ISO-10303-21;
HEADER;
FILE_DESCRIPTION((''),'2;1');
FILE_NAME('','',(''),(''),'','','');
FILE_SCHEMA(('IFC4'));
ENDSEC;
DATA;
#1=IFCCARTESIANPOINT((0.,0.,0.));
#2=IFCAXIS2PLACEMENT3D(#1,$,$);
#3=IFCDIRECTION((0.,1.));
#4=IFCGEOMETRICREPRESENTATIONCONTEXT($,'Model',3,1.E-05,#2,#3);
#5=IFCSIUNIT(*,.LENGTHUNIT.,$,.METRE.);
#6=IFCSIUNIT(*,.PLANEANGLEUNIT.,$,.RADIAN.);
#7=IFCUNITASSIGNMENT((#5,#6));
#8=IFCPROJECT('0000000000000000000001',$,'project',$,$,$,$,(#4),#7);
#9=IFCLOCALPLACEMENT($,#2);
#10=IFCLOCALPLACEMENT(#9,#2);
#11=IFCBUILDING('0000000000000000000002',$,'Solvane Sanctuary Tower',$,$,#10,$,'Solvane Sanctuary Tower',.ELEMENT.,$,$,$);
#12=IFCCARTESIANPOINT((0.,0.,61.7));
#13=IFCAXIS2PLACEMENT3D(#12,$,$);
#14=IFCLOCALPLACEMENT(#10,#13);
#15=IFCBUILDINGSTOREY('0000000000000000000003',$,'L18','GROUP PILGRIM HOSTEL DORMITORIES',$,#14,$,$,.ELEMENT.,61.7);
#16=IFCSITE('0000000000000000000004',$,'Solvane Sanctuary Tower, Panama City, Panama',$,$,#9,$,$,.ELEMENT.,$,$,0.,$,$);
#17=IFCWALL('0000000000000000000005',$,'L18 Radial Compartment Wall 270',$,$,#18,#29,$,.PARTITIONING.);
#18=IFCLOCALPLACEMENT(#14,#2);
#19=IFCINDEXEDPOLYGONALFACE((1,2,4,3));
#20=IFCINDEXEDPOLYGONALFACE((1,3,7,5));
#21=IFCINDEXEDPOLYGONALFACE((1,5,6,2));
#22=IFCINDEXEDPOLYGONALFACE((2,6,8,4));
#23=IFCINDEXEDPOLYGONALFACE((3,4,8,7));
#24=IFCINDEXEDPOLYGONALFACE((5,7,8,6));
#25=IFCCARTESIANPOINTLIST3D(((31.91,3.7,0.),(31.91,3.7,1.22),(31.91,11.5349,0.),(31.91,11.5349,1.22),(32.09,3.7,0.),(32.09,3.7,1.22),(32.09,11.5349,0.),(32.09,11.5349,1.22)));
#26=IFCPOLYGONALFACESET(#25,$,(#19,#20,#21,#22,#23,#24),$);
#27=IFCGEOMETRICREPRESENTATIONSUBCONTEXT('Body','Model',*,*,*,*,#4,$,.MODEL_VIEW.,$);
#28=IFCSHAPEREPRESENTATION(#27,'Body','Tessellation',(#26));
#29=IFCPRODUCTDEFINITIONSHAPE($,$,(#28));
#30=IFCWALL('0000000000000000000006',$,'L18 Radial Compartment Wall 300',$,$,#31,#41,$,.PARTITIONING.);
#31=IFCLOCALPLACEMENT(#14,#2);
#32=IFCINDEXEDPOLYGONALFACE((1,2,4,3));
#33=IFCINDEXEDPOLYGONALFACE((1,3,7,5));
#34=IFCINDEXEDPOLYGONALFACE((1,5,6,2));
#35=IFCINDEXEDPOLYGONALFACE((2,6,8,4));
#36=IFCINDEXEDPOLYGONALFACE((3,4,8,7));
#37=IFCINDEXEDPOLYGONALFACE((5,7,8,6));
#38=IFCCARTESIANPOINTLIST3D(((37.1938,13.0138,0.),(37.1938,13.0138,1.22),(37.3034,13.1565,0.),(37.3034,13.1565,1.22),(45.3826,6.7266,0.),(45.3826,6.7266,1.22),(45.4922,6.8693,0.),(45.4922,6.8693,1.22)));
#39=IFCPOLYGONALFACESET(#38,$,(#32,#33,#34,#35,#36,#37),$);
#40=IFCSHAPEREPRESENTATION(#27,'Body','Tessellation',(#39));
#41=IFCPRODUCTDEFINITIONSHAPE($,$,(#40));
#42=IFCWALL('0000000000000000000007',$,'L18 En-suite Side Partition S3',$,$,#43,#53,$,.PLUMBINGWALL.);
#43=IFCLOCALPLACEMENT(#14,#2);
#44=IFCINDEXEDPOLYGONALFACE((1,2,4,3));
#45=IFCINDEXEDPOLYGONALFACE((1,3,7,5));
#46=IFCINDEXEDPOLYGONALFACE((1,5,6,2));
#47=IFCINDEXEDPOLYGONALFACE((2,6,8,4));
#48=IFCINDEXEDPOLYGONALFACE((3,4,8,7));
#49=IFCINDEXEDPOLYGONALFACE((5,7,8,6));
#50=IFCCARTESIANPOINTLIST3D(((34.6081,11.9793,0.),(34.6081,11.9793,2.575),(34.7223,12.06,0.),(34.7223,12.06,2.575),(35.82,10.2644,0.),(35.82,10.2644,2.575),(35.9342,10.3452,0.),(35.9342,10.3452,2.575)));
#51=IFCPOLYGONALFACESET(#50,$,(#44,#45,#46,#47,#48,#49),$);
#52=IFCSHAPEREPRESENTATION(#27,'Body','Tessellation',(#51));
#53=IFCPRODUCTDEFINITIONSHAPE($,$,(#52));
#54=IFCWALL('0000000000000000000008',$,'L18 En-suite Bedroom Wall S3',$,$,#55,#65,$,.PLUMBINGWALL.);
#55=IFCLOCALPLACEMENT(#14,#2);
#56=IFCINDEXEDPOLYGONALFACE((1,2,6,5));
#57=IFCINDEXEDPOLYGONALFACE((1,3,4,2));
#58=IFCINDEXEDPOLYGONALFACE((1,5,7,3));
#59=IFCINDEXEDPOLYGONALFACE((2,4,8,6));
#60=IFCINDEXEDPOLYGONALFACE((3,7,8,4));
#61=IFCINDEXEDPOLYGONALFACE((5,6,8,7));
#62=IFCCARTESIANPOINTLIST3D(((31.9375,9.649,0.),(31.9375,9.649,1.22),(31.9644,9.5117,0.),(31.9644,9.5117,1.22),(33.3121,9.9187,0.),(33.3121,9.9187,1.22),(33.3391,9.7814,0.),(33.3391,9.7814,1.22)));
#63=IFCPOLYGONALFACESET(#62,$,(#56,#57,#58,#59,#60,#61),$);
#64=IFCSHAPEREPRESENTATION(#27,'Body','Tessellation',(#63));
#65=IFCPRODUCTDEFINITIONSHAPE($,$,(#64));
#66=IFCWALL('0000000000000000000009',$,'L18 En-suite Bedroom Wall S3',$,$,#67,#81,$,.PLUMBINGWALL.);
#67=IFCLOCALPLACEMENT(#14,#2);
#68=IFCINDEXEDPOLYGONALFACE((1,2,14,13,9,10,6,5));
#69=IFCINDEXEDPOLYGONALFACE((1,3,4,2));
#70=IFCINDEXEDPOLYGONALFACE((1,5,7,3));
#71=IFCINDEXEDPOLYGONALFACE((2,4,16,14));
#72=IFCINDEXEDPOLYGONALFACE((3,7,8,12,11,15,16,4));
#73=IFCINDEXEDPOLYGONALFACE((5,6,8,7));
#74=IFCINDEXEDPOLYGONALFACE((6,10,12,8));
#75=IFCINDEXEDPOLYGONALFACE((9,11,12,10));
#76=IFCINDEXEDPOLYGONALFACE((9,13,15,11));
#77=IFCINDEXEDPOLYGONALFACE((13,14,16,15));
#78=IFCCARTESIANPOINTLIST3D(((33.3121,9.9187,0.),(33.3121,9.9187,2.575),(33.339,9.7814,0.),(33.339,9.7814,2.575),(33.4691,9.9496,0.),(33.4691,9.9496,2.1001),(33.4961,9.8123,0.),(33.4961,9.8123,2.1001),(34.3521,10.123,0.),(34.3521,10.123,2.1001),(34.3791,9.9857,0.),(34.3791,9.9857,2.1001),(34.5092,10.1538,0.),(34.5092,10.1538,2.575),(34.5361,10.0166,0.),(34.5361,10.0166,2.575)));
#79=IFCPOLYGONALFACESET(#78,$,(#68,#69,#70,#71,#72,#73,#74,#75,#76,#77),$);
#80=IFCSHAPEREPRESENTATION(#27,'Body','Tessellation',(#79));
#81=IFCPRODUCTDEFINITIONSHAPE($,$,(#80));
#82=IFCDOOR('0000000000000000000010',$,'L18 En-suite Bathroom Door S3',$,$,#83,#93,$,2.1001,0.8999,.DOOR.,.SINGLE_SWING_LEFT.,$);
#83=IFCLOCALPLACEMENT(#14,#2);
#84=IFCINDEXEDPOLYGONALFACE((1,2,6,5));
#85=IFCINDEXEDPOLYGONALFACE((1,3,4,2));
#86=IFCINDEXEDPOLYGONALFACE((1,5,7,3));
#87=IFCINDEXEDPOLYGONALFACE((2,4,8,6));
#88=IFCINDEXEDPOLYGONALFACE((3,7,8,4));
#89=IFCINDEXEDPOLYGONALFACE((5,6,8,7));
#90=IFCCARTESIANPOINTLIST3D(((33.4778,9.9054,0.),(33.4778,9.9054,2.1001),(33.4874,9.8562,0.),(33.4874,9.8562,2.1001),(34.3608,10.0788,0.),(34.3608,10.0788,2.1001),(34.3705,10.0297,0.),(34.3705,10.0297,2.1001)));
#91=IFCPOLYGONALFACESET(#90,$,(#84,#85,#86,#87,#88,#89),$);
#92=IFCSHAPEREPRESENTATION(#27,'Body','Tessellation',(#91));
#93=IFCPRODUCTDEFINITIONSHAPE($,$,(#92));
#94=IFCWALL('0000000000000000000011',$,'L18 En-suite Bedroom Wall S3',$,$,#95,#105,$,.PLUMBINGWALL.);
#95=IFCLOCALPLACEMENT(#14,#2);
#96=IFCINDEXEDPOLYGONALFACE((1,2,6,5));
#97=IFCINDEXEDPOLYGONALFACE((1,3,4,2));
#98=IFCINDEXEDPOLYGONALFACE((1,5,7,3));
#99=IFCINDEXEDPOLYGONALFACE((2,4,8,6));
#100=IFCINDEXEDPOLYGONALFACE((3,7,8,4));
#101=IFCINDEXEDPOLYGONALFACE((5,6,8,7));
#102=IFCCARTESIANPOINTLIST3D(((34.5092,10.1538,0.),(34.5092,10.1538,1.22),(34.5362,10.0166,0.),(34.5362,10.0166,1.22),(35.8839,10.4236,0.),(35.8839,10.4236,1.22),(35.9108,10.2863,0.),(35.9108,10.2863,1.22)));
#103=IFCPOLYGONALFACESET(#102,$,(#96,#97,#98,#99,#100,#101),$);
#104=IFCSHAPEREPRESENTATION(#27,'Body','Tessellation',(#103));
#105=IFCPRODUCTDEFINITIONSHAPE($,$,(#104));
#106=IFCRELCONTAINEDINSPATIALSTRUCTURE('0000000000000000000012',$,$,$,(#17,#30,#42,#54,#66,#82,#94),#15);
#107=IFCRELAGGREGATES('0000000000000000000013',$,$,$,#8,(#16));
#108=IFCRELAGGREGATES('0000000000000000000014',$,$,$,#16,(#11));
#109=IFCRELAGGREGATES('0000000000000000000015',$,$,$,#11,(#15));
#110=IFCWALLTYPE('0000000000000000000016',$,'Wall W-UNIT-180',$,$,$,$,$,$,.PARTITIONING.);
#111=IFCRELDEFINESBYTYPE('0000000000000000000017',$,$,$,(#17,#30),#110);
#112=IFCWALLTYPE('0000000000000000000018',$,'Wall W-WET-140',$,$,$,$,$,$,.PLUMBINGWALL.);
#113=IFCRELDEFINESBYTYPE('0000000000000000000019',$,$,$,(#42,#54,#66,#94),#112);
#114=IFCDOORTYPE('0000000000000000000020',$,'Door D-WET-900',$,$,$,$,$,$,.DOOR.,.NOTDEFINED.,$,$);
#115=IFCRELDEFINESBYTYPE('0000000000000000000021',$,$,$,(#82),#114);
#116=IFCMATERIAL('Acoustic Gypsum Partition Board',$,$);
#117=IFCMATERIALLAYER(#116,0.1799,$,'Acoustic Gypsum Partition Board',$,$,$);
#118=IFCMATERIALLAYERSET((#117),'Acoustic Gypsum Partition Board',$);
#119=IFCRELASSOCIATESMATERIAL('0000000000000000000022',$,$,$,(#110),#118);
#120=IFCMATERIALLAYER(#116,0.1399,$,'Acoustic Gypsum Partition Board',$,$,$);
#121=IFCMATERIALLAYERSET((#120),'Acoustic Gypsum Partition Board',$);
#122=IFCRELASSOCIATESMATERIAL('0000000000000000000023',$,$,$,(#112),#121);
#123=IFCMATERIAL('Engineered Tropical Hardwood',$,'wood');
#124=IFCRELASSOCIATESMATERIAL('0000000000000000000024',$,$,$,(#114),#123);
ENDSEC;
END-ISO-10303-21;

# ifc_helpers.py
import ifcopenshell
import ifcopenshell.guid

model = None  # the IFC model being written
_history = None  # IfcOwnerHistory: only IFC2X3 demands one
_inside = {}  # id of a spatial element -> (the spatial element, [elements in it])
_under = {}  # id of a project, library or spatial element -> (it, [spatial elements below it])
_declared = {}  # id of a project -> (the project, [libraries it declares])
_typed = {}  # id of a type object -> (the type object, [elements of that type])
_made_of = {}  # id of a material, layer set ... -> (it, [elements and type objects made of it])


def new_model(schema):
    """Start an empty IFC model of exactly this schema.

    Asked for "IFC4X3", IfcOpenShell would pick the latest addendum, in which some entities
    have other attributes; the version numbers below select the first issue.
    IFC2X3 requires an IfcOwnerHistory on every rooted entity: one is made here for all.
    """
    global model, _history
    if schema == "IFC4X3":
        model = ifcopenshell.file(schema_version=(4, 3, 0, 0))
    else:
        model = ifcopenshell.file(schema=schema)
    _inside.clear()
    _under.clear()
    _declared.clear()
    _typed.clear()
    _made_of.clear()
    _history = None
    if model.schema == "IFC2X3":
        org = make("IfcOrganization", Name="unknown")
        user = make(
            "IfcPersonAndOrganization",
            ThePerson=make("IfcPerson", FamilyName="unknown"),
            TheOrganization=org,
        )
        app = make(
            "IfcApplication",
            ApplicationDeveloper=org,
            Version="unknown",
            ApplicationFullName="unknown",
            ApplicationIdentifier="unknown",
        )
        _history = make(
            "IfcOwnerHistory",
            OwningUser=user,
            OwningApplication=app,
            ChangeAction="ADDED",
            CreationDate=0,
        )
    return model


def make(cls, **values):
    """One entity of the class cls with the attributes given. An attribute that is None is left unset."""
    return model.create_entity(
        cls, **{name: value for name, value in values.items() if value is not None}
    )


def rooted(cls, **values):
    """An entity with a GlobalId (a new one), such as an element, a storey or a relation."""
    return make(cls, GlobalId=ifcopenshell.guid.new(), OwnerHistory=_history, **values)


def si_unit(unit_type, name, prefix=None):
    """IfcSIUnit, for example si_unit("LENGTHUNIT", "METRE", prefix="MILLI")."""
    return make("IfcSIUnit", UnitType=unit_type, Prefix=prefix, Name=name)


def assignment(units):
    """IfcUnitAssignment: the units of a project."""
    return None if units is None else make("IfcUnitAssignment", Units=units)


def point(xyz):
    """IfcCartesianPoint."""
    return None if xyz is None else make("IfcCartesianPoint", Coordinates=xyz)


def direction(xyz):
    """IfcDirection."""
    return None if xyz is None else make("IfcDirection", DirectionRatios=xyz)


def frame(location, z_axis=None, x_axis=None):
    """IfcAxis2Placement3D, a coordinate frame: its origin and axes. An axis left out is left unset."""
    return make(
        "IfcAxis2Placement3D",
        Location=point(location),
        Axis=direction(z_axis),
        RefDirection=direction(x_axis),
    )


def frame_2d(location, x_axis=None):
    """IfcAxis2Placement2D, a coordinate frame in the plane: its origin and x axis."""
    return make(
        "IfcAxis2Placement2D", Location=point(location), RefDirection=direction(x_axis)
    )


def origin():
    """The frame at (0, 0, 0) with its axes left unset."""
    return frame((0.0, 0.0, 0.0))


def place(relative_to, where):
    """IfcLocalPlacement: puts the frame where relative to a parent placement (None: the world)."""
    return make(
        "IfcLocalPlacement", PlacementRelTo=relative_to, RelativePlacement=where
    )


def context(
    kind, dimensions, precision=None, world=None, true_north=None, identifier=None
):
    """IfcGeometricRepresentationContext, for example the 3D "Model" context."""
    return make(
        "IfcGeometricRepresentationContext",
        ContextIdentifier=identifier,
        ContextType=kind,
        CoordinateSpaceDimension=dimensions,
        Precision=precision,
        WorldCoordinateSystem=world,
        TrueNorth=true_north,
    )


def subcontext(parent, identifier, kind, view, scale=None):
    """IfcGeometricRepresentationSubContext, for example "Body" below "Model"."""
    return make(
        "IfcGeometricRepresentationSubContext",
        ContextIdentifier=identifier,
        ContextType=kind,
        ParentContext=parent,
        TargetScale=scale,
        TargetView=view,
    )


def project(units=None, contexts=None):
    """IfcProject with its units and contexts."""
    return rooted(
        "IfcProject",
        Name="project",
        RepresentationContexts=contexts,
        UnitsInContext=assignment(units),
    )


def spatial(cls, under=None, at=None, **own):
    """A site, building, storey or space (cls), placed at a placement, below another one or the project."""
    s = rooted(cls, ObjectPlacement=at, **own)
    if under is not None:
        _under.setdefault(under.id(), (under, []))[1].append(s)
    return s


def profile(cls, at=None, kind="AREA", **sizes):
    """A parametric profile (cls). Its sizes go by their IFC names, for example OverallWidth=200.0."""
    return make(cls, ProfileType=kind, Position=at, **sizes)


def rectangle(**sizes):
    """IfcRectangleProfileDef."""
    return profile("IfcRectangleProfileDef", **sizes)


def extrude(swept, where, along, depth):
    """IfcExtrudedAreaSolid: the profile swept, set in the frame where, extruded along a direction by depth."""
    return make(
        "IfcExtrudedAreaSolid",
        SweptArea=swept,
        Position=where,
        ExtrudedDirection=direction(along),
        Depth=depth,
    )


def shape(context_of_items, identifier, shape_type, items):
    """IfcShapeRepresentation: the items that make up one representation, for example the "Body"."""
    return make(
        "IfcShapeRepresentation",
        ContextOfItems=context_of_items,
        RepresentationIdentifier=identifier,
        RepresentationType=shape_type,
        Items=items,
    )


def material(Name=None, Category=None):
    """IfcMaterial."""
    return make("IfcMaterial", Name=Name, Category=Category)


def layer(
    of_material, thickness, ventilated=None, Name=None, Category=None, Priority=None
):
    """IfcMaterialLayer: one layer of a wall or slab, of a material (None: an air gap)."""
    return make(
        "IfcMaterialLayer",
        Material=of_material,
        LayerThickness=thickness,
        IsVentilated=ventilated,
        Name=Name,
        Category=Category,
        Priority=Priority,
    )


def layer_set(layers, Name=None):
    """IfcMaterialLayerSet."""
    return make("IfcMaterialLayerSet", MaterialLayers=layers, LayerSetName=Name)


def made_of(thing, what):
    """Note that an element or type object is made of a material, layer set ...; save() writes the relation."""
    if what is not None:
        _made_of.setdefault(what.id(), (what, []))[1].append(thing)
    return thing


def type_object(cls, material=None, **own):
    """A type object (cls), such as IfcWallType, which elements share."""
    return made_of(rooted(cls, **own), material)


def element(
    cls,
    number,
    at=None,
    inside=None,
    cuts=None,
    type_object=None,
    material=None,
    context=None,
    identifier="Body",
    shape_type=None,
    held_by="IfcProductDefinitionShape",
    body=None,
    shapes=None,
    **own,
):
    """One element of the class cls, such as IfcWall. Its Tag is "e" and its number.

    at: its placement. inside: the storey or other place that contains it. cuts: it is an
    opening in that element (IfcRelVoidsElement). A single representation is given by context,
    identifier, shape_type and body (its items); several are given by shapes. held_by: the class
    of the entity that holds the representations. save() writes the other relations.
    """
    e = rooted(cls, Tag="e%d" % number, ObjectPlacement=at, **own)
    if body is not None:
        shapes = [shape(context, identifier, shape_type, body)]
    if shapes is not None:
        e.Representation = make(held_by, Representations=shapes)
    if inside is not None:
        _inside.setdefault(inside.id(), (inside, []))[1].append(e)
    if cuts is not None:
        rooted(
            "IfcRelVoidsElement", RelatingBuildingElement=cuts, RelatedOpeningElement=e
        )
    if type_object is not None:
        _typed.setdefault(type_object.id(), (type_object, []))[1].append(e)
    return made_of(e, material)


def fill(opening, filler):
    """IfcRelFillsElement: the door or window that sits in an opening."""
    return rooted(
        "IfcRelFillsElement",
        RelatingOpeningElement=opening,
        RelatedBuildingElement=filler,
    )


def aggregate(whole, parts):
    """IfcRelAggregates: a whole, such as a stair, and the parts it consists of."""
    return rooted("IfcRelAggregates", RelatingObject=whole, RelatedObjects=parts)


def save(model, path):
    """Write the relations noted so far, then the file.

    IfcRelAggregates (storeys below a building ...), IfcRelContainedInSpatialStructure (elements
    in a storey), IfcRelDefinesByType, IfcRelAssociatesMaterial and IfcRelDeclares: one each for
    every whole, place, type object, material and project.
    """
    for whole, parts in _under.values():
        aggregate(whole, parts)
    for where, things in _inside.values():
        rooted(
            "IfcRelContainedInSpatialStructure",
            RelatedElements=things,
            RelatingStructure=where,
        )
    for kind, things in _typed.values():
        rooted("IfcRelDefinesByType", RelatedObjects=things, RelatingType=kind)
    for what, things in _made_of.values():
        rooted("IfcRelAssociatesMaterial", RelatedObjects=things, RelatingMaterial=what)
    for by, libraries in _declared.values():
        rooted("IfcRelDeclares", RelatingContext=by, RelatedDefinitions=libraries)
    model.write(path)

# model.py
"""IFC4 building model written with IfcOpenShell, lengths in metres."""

from ifc_helpers import new_model, si_unit, direction, frame, frame_2d, origin, place, context, subcontext, project, spatial, rectangle, extrude, material, layer, layer_set, type_object, element, fill, save


model = new_model("IFC4")

# Units and contexts
model_context = context("Model", 3, precision=1e-05, world=origin(), true_north=direction((0.0, 1.0)))
body_context = subcontext(model_context, "Body", "Model", "MODEL_VIEW")
ifc_project = project(units=[si_unit("LENGTHUNIT", "METRE"), si_unit("PLANEANGLEUNIT", "RADIAN")], contexts=[model_context])

# Site, building, storey
site_placement = place(None, origin())
site = spatial("IfcSite", under=ifc_project, at=site_placement, Name="Solvane Sanctuary Tower, Panama City, Panama", CompositionType="ELEMENT", RefElevation=0.0)
building_placement = place(site_placement, origin())
building = spatial("IfcBuilding", under=site, at=building_placement, Name="Solvane Sanctuary Tower", LongName="Solvane Sanctuary Tower", CompositionType="ELEMENT")
storey_placement = place(building_placement, frame((0.0, 0.0, 61.7)))
storey = spatial("IfcBuildingStorey", under=building, at=storey_placement, Name="L18", Description="GROUP PILGRIM HOSTEL DORMITORIES", CompositionType="ELEMENT", Elevation=61.7)

# Shared definitions
ifc_material_1 = material(Name="Acoustic Gypsum Partition Board")

# Shared definitions
ifc_material_2 = material(Name="Engineered Tropical Hardwood", Category="wood")

# Walls
ifc_layer_1 = layer(ifc_material_1, 0.1799, Name="Acoustic Gypsum Partition Board")
ifc_layer_set_1 = layer_set([ifc_layer_1], Name="Acoustic Gypsum Partition Board")
wall_type_1 = type_object("IfcWallType", Name="Wall W-UNIT-180", PredefinedType="PARTITIONING", material=ifc_layer_set_1)
wall_1_placement = place(storey_placement, frame((32.0, 11.5349, 0.0), z_axis=(0.0, 0.0, 1.0), x_axis=(0.0, -1.0, 0.0)))
element("IfcWall", 1, at=wall_1_placement, inside=storey, type_object=wall_type_1, Name="L18 Radial Compartment Wall 270", PredefinedType="PARTITIONING", context=body_context, shape_type="SweptSolid", body=[
    extrude(rectangle(XDim=7.835, YDim=0.1799, at=frame_2d((3.9175, 0.0))), origin(), (0.0, 0.0, 1.0), 1.22),
])
wall_2_placement = place(storey_placement, frame((37.2485, 13.0852, 0.0), z_axis=(0.0, 0.0, 1.0), x_axis=(0.793181, -0.608986, 0.0)))
element("IfcWall", 2, at=wall_2_placement, inside=storey, type_object=wall_type_1, Name="L18 Radial Compartment Wall 300", PredefinedType="PARTITIONING", context=body_context, shape_type="SweptSolid", body=[
    extrude(rectangle(XDim=10.324, YDim=0.1799, at=frame_2d((5.1621, 0.0))), origin(), (0.0, 0.0, 1.0), 1.22),
])
ifc_layer_2 = layer(ifc_material_1, 0.1399, Name="Acoustic Gypsum Partition Board")
ifc_layer_set_2 = layer_set([ifc_layer_2], Name="Acoustic Gypsum Partition Board")
wall_type_2 = type_object("IfcWallType", Name="Wall W-WET-140", PredefinedType="PLUMBINGWALL", material=ifc_layer_set_2)
wall_3_placement = place(storey_placement, frame((34.6653, 12.0195, 0.0), z_axis=(0.0, 0.0, 1.0), x_axis=(0.57714, -0.816646, 0.0)))
element("IfcWall", 3, at=wall_3_placement, inside=storey, type_object=wall_type_2, Name="L18 En-suite Side Partition S3", PredefinedType="PLUMBINGWALL", context=body_context, shape_type="SweptSolid", body=[
    extrude(rectangle(XDim=2.0999, YDim=0.1399, at=frame_2d((1.0498, 0.0))), origin(), (0.0, 0.0, 1.0), 2.575),
])
wall_4_placement = place(storey_placement, frame((31.9509, 9.5803, 0.0), z_axis=(0.0, 0.0, 1.0), x_axis=(0.981285, 0.192563, 0.0)))
element("IfcWall", 4, at=wall_4_placement, inside=storey, type_object=wall_type_2, Name="L18 En-suite Bedroom Wall S3", PredefinedType="PLUMBINGWALL", context=body_context, shape_type="SweptSolid", body=[
    extrude(rectangle(XDim=1.4009, YDim=0.1399, at=frame_2d((0.7004, 0.0))), origin(), (0.0, 0.0, 1.0), 1.22),
])

# Wall, opening, door
wall_5_placement = place(storey_placement, frame((33.3257, 9.8501, 0.0), z_axis=(0.0, 0.0, 1.0), x_axis=(0.981252, 0.192728, 0.0)))
wall_5 = element("IfcWall", 5, at=wall_5_placement, inside=storey, type_object=wall_type_2, Name="L18 En-suite Bedroom Wall S3", PredefinedType="PLUMBINGWALL", context=body_context, shape_type="SweptSolid", body=[
    extrude(rectangle(XDim=1.22, YDim=0.1399, at=frame_2d((0.6099, 0.0))), origin(), (0.0, 0.0, 1.0), 2.575),
])
opening_1_placement = place(wall_5_placement, frame((0.1599, 0.0, 0.0)))
opening_1 = element("IfcOpeningElement", 6, at=opening_1_placement, cuts=wall_5, PredefinedType="OPENING", context=body_context, shape_type="SweptSolid", body=[
    extrude(rectangle(XDim=0.8999, YDim=2.1001, at=frame_2d((0.45, 1.05))), frame((0.0, 0.0798, 0.0), z_axis=(0.0, -1.0, 0.0), x_axis=(1.0, 0.0, 0.0)), (0.0, 0.0, 1.0), 0.1599),
])
door_type_1 = type_object("IfcDoorType", Name="Door D-WET-900", OperationType="NOTDEFINED", PredefinedType="DOOR", material=ifc_material_2)
door_1_placement = place(opening_1_placement, origin())
door_1 = element("IfcDoor", 7, at=door_1_placement, inside=storey, type_object=door_type_1, Name="L18 En-suite Bathroom Door S3", OperationType="SINGLE_SWING_LEFT", OverallHeight=2.1001, OverallWidth=0.8999, PredefinedType="DOOR", context=body_context, shape_type="SweptSolid", body=[
    extrude(rectangle(XDim=0.8999, YDim=2.1001, at=frame_2d((0.45, 1.05))), frame((0.0, 0.0249, 0.0), z_axis=(0.0, -1.0, 0.0), x_axis=(1.0, 0.0, 0.0)), (0.0, 0.0, 1.0), 0.05),
])
fill(opening_1, door_1)

# Wall
wall_6_placement = place(storey_placement, frame((34.5227, 10.0852, 0.0), z_axis=(0.0, 0.0, 1.0), x_axis=(0.981285, 0.192563, 0.0)))
element("IfcWall", 8, at=wall_6_placement, inside=storey, type_object=wall_type_2, Name="L18 En-suite Bedroom Wall S3", PredefinedType="PLUMBINGWALL", context=body_context, shape_type="SweptSolid", body=[
    extrude(rectangle(XDim=1.4009, YDim=0.1399, at=frame_2d((0.7004, 0.0))), origin(), (0.0, 0.0, 1.0), 1.22),
])

save(model, "model.ifc")
